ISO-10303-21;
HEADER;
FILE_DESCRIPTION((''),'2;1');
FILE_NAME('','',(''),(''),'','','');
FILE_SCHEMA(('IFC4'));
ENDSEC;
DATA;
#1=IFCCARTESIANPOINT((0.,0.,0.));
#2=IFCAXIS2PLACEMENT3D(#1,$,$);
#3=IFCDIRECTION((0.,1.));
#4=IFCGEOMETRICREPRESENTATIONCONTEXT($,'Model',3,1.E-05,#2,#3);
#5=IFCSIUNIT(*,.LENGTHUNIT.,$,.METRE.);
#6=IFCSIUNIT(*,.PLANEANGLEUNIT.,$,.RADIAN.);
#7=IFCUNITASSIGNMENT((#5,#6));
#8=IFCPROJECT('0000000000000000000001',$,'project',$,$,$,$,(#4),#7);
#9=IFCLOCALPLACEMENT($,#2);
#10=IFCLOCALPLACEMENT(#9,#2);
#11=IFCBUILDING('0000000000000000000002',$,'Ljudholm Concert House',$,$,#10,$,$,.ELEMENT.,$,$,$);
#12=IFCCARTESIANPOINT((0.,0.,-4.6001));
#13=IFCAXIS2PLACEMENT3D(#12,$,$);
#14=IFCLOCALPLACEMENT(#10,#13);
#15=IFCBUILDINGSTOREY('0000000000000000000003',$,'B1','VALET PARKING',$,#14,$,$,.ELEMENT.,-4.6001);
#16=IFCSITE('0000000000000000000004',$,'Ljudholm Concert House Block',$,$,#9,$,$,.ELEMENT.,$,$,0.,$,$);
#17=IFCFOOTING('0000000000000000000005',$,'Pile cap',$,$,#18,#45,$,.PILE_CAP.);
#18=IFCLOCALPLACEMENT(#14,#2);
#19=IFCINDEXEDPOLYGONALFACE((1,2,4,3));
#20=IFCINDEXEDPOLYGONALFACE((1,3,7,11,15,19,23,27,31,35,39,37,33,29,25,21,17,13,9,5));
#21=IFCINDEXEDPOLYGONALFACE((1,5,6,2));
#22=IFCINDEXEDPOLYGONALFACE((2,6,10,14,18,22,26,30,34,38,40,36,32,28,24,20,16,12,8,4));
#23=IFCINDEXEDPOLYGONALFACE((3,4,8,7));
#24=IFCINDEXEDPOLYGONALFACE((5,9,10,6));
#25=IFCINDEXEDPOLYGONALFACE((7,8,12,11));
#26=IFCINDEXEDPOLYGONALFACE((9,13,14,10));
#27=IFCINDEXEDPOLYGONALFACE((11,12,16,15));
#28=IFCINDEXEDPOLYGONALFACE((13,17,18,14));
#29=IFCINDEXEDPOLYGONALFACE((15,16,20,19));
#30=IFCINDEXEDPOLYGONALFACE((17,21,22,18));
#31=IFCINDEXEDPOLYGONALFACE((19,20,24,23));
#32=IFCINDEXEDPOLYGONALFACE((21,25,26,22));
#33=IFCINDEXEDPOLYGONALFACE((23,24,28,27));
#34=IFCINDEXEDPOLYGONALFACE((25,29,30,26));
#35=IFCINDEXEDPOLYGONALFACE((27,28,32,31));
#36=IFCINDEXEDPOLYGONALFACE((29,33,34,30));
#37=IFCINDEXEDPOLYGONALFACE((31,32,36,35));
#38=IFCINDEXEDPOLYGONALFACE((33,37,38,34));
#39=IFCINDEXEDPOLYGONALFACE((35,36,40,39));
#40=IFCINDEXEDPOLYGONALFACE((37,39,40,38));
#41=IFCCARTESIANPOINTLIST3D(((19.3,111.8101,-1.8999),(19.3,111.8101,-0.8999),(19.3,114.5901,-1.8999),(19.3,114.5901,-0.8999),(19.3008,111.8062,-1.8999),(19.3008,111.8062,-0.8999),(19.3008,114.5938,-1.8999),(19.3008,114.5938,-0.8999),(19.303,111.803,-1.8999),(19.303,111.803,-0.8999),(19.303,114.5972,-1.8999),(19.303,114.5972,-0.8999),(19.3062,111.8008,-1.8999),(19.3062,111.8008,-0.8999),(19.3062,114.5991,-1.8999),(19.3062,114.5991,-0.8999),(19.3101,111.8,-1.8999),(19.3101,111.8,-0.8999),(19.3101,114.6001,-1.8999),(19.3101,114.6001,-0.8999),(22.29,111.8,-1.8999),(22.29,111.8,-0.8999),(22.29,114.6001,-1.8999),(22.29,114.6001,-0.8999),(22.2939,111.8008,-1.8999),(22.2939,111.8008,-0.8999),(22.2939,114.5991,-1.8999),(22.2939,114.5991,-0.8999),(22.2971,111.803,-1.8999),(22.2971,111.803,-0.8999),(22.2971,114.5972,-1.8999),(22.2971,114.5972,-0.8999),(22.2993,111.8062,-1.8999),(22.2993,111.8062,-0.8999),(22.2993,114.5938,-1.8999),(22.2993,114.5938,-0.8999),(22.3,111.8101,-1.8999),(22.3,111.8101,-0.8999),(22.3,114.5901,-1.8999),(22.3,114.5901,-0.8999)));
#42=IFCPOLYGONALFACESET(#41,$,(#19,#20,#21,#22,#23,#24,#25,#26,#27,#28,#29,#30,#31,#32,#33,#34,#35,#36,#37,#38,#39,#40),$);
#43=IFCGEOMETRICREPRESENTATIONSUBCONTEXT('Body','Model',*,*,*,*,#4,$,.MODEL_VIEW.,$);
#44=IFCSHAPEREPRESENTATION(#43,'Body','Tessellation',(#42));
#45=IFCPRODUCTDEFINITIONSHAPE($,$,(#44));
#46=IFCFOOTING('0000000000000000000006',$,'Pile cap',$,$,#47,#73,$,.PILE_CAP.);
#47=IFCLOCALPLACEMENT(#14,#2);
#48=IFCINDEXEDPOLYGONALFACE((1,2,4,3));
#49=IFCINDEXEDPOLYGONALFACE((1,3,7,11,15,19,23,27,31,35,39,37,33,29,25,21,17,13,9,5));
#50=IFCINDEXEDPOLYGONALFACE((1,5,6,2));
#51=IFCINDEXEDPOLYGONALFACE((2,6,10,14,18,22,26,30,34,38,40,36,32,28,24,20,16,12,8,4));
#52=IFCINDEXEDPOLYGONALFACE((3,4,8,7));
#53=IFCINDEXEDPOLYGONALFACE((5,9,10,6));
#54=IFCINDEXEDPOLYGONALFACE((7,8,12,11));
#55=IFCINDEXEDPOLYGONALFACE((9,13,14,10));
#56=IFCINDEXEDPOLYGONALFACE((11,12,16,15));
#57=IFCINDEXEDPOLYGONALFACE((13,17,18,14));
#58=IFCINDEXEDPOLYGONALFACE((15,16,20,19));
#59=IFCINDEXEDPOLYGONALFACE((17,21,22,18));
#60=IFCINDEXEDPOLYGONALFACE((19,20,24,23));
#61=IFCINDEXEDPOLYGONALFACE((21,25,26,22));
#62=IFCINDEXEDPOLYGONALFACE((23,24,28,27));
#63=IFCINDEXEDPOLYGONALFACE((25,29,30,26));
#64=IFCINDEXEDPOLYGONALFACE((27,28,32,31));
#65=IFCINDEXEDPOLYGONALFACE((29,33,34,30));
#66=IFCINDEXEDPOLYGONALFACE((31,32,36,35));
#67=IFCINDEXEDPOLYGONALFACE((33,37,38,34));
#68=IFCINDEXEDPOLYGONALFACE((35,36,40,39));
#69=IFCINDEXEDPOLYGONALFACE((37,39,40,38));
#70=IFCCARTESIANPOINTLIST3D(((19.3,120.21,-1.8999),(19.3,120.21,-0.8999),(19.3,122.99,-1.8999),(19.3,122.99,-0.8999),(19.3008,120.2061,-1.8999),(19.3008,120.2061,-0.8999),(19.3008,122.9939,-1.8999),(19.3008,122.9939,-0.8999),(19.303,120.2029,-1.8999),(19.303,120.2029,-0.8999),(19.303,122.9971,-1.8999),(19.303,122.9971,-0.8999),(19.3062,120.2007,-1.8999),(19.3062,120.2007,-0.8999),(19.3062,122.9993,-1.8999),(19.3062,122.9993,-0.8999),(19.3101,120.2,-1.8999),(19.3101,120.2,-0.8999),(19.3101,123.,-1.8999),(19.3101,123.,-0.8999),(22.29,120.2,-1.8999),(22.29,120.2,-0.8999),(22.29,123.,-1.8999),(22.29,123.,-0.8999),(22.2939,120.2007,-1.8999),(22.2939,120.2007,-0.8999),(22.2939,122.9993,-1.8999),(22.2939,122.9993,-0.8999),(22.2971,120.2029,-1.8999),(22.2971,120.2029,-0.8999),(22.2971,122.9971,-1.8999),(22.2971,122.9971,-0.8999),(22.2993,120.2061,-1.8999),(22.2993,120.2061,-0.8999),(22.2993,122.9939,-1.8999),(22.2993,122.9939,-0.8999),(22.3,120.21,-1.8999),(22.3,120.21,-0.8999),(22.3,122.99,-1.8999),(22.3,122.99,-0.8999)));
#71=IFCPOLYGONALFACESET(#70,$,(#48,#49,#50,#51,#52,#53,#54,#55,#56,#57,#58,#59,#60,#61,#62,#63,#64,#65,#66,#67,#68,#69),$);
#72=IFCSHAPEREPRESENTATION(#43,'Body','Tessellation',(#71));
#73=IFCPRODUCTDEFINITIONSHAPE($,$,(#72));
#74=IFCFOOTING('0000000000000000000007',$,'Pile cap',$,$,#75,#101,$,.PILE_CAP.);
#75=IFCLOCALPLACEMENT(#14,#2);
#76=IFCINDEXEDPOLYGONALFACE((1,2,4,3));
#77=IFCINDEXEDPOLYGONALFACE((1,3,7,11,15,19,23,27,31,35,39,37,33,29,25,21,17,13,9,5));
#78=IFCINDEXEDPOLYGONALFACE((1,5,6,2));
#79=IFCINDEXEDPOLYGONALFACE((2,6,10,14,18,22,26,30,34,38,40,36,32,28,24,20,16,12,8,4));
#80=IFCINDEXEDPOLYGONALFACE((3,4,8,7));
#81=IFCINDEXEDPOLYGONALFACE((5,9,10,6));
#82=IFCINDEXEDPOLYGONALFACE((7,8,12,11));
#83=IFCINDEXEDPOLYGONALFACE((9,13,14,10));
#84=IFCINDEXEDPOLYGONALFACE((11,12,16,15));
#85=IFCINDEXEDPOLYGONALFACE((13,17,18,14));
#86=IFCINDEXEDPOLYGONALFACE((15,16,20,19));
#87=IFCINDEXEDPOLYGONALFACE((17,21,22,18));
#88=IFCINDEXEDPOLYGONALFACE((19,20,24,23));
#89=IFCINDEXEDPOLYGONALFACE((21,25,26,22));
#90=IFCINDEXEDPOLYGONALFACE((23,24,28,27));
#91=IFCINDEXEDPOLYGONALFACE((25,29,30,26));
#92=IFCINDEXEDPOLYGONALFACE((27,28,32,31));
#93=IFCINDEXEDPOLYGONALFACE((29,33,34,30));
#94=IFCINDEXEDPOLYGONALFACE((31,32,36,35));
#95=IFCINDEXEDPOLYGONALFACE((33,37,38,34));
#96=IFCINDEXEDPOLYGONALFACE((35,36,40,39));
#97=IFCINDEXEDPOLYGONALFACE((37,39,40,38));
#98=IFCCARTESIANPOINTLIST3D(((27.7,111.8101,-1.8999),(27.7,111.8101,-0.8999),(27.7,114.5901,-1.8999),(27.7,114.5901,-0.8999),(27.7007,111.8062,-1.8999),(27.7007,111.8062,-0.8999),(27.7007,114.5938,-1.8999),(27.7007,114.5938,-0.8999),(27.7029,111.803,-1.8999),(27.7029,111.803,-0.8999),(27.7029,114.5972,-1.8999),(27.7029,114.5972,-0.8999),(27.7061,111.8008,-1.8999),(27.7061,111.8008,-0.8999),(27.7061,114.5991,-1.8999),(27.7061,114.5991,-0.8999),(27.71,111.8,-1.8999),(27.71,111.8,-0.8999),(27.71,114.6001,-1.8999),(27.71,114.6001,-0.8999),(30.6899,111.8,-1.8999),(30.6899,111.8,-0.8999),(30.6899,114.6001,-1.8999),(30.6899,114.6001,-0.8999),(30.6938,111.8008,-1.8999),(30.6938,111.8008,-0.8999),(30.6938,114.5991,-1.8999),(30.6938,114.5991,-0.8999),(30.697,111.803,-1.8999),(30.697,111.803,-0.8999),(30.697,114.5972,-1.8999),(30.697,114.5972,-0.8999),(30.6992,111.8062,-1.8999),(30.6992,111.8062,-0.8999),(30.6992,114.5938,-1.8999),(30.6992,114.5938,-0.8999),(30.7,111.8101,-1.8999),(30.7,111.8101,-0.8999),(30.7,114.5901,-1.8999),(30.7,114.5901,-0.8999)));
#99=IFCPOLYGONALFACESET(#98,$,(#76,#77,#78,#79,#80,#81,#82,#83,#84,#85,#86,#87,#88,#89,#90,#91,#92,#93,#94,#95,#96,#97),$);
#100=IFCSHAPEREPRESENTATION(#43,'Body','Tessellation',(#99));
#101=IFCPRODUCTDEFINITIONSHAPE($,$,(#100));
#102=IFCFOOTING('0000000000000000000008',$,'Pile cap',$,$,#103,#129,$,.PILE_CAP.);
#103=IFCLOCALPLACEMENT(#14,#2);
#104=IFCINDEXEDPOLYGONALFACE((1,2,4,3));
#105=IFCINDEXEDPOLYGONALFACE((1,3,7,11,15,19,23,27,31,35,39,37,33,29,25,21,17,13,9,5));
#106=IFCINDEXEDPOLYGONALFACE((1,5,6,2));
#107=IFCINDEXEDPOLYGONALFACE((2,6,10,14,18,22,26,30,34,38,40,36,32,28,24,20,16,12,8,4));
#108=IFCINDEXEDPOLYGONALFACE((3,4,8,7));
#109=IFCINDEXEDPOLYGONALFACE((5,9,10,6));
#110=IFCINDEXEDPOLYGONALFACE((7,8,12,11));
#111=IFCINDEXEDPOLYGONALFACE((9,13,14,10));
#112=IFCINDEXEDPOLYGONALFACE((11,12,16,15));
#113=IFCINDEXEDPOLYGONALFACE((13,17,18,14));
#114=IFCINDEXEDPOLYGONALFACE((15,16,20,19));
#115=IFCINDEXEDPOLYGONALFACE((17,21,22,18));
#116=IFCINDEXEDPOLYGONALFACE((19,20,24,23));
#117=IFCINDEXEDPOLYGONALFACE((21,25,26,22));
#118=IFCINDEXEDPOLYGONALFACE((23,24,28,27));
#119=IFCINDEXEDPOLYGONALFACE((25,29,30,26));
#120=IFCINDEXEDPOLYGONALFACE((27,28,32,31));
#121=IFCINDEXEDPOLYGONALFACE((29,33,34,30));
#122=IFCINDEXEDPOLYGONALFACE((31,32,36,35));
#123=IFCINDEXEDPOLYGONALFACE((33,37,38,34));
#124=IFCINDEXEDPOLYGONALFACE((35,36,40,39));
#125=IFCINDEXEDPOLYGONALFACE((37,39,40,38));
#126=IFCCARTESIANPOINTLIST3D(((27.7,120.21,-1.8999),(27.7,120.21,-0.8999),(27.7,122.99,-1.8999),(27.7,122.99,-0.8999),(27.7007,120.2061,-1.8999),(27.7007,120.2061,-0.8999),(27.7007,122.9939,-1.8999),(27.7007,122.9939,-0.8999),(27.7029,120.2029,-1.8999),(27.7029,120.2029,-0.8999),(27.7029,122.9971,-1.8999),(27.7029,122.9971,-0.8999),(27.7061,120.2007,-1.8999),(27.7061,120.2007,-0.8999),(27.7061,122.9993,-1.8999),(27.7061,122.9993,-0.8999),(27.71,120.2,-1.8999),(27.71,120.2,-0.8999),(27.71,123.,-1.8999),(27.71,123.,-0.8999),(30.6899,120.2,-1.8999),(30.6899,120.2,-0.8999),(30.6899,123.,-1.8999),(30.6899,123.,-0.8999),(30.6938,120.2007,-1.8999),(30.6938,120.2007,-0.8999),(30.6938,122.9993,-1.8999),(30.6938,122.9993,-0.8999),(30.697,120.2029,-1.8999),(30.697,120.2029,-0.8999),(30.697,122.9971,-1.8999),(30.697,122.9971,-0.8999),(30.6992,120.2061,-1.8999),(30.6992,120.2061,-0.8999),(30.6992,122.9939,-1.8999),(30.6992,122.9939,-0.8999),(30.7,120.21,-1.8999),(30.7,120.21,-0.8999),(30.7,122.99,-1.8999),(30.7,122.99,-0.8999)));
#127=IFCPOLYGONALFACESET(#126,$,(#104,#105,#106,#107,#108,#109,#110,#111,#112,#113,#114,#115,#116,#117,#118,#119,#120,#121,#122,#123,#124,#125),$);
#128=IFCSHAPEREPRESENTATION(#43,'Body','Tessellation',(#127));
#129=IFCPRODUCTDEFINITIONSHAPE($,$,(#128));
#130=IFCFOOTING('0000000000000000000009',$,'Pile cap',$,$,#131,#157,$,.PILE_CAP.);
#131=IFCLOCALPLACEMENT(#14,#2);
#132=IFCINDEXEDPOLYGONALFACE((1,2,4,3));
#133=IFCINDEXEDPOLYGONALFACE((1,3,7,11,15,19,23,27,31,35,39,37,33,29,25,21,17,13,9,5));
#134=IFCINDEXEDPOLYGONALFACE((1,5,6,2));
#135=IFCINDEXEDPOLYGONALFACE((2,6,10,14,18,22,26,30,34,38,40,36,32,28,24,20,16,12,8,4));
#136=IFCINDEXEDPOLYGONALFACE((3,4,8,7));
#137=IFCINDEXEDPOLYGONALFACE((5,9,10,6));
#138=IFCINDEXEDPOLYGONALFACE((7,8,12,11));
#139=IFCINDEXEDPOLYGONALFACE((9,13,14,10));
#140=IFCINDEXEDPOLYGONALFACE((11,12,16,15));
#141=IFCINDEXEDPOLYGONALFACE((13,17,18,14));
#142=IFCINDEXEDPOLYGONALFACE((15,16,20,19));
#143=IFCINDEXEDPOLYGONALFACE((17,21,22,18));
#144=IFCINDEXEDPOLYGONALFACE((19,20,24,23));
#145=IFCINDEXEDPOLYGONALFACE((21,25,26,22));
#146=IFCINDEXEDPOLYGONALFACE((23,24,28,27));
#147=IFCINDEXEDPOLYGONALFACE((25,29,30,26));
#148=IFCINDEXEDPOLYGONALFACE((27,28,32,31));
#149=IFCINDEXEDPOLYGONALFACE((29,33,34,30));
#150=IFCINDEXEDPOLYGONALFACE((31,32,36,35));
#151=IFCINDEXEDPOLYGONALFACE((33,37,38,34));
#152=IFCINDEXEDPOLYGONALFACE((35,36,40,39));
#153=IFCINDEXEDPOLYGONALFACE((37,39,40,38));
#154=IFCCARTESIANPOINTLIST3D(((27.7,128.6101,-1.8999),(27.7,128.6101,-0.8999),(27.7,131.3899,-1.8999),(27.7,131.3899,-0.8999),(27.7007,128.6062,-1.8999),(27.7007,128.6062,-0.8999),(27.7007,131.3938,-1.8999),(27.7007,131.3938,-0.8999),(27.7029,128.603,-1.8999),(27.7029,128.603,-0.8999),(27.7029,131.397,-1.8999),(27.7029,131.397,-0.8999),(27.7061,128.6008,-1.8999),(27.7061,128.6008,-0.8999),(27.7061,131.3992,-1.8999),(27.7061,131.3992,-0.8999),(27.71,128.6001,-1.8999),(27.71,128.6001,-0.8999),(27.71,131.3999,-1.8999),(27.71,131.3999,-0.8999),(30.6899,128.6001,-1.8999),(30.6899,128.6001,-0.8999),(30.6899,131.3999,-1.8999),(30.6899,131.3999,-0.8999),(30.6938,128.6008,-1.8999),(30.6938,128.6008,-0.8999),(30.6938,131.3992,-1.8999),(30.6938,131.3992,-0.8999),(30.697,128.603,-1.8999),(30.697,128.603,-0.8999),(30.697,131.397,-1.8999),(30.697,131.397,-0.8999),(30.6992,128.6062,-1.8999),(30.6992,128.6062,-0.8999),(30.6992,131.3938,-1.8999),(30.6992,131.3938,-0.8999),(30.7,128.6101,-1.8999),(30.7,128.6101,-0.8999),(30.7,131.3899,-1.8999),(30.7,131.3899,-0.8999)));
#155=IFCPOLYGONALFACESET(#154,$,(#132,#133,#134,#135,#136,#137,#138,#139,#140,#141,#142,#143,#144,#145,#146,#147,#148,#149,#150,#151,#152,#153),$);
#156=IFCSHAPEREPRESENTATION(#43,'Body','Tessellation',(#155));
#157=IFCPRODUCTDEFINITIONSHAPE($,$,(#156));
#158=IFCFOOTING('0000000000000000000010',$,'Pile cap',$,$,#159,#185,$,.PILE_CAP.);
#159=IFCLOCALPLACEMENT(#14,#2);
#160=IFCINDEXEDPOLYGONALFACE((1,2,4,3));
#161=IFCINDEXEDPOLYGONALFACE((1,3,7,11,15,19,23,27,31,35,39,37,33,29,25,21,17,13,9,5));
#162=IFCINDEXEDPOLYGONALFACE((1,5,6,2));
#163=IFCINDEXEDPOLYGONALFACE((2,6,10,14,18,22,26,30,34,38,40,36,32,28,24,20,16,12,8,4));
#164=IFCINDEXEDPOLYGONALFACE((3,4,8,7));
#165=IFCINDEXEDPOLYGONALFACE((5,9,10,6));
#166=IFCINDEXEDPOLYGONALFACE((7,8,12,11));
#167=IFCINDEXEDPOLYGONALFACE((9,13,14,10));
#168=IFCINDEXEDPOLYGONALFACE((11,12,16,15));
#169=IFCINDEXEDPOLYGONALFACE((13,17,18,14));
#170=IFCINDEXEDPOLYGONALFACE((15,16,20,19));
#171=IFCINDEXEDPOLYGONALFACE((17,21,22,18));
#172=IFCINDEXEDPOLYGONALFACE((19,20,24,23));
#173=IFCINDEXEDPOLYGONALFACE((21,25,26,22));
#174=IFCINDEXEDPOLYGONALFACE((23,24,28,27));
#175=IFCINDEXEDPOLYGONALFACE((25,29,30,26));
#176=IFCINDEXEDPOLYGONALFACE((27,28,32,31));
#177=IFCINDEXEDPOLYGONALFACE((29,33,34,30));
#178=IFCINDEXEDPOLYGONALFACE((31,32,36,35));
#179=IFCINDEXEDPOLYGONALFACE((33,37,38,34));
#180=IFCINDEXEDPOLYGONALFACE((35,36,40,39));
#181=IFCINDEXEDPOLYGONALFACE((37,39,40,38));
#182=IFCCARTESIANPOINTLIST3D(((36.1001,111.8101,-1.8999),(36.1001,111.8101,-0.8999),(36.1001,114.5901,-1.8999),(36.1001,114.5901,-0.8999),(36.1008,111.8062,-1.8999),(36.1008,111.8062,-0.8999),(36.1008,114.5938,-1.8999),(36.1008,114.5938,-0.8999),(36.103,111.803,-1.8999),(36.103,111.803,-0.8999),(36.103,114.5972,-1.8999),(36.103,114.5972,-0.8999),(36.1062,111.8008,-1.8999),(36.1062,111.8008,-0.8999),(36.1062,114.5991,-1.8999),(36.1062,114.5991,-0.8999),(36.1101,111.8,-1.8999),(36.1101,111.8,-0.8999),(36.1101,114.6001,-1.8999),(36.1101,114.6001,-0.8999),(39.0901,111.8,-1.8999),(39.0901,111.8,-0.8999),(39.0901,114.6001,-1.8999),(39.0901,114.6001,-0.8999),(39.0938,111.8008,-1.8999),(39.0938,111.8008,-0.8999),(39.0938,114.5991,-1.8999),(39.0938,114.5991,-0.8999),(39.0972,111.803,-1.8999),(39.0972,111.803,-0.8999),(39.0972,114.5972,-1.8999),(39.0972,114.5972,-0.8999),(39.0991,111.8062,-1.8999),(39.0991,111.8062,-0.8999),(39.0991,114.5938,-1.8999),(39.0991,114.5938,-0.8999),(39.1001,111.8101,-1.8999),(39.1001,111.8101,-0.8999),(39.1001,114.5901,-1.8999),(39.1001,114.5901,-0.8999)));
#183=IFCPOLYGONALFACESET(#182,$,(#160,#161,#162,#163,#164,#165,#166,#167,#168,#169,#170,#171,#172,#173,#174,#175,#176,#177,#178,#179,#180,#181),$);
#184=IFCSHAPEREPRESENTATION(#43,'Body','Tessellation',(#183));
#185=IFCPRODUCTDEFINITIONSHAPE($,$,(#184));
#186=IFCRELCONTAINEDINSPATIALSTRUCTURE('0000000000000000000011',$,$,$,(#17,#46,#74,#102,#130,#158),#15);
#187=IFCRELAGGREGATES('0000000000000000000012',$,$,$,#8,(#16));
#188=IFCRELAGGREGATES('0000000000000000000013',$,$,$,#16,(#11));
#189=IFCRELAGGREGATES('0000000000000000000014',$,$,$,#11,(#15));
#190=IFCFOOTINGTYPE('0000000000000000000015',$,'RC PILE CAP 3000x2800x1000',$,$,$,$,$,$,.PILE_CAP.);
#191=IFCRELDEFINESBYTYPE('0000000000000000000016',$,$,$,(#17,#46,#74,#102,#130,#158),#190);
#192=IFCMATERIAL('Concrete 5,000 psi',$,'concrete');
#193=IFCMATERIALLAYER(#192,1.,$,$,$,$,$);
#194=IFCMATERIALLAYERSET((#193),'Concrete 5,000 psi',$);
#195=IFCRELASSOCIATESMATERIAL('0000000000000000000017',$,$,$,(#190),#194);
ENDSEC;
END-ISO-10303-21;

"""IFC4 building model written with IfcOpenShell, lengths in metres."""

from ifc_helpers import new_model, si_unit, direction, frame, origin, place, context, subcontext, project, spatial, polyline, outline, extrude, material, layer, layer_set, type_object, element, save


model = new_model("IFC4")

# Units and contexts
model_context = context("Model", 3, precision=1e-05, world=origin(), true_north=direction((0.0, 1.0)))
body_context = subcontext(model_context, "Body", "Model", "MODEL_VIEW")
ifc_project = project(units=[si_unit("LENGTHUNIT", "METRE"), si_unit("PLANEANGLEUNIT", "RADIAN")], contexts=[model_context])

# Site, building, storey
site_placement = place(None, origin())
site = spatial("IfcSite", under=ifc_project, at=site_placement, Name="Ljudholm Concert House Block", CompositionType="ELEMENT", RefElevation=0.0)
building_placement = place(site_placement, origin())
building = spatial("IfcBuilding", under=site, at=building_placement, Name="Ljudholm Concert House", CompositionType="ELEMENT")
storey_placement = place(building_placement, frame((0.0, 0.0, -4.6001)))
storey = spatial("IfcBuildingStorey", under=building, at=storey_placement, Name="B1", Description="VALET PARKING", CompositionType="ELEMENT", Elevation=-4.6001)

# Footings
ifc_material_1 = material(Name="Concrete 5,000 psi", Category="concrete")
ifc_layer_1 = layer(ifc_material_1, 1.0)
ifc_layer_set_1 = layer_set([ifc_layer_1], Name="Concrete 5,000 psi")
footing_type_1 = type_object("IfcFootingType", Name="RC PILE CAP 3000x2800x1000", PredefinedType="PILE_CAP", material=ifc_layer_set_1)
footing_1_placement = place(storey_placement, frame((0.0, 0.0, -1.8999)))
element("IfcFooting", 1, at=footing_1_placement, inside=storey, type_object=footing_type_1, Name="Pile cap", PredefinedType="PILE_CAP", context=body_context, shape_type="SweptSolid", body=[
    extrude(outline(polyline([(19.3101, 111.8), (22.29, 111.8), (22.2939, 111.8008), (22.2971, 111.803), (22.2993, 111.8062), (22.3, 111.8101), (22.3, 114.5901), (22.2993, 114.5938), (22.2971, 114.5972), (22.2939, 114.5991), (22.29, 114.6001), (19.3101, 114.6001), (19.3062, 114.5991), (19.303, 114.5972), (19.3008, 114.5938), (19.3, 114.5901), (19.3, 111.8101), (19.3008, 111.8062), (19.303, 111.803), (19.3062, 111.8008), (19.3101, 111.8)])), origin(), (0.0, 0.0, 1.0), 1.0),
])
footing_2_placement = place(storey_placement, frame((0.0, 0.0, -1.8999)))
element("IfcFooting", 2, at=footing_2_placement, inside=storey, type_object=footing_type_1, Name="Pile cap", PredefinedType="PILE_CAP", context=body_context, shape_type="SweptSolid", body=[
    extrude(outline(polyline([(19.3101, 120.2), (22.29, 120.2), (22.2939, 120.2007), (22.2971, 120.2029), (22.2993, 120.2061), (22.3, 120.21), (22.3, 122.99), (22.2993, 122.9939), (22.2971, 122.9971), (22.2939, 122.9993), (22.29, 123.0), (19.3101, 123.0), (19.3062, 122.9993), (19.303, 122.9971), (19.3008, 122.9939), (19.3, 122.99), (19.3, 120.21), (19.3008, 120.2061), (19.303, 120.2029), (19.3062, 120.2007), (19.3101, 120.2)])), origin(), (0.0, 0.0, 1.0), 1.0),
])
footing_3_placement = place(storey_placement, frame((0.0, 0.0, -1.8999)))
element("IfcFooting", 3, at=footing_3_placement, inside=storey, type_object=footing_type_1, Name="Pile cap", PredefinedType="PILE_CAP", context=body_context, shape_type="SweptSolid", body=[
    extrude(outline(polyline([(27.71, 111.8), (30.6899, 111.8), (30.6938, 111.8008), (30.697, 111.803), (30.6992, 111.8062), (30.7, 111.8101), (30.7, 114.5901), (30.6992, 114.5938), (30.697, 114.5972), (30.6938, 114.5991), (30.6899, 114.6001), (27.71, 114.6001), (27.7061, 114.5991), (27.7029, 114.5972), (27.7007, 114.5938), (27.7, 114.5901), (27.7, 111.8101), (27.7007, 111.8062), (27.7029, 111.803), (27.7061, 111.8008), (27.71, 111.8)])), origin(), (0.0, 0.0, 1.0), 1.0),
])
footing_4_placement = place(storey_placement, frame((0.0, 0.0, -1.8999)))
element("IfcFooting", 4, at=footing_4_placement, inside=storey, type_object=footing_type_1, Name="Pile cap", PredefinedType="PILE_CAP", context=body_context, shape_type="SweptSolid", body=[
    extrude(outline(polyline([(27.71, 120.2), (30.6899, 120.2), (30.6938, 120.2007), (30.697, 120.2029), (30.6992, 120.2061), (30.7, 120.21), (30.7, 122.99), (30.6992, 122.9939), (30.697, 122.9971), (30.6938, 122.9993), (30.6899, 123.0), (27.71, 123.0), (27.7061, 122.9993), (27.7029, 122.9971), (27.7007, 122.9939), (27.7, 122.99), (27.7, 120.21), (27.7007, 120.2061), (27.7029, 120.2029), (27.7061, 120.2007), (27.71, 120.2)])), origin(), (0.0, 0.0, 1.0), 1.0),
])
footing_5_placement = place(storey_placement, frame((0.0, 0.0, -1.8999)))
element("IfcFooting", 5, at=footing_5_placement, inside=storey, type_object=footing_type_1, Name="Pile cap", PredefinedType="PILE_CAP", context=body_context, shape_type="SweptSolid", body=[
    extrude(outline(polyline([(27.71, 128.6001), (30.6899, 128.6001), (30.6938, 128.6008), (30.697, 128.603), (30.6992, 128.6062), (30.7, 128.6101), (30.7, 131.3899), (30.6992, 131.3938), (30.697, 131.397), (30.6938, 131.3992), (30.6899, 131.3999), (27.71, 131.3999), (27.7061, 131.3992), (27.7029, 131.397), (27.7007, 131.3938), (27.7, 131.3899), (27.7, 128.6101), (27.7007, 128.6062), (27.7029, 128.603), (27.7061, 128.6008), (27.71, 128.6001)])), origin(), (0.0, 0.0, 1.0), 1.0),
])
footing_6_placement = place(storey_placement, frame((0.0, 0.0, -1.8999)))
element("IfcFooting", 6, at=footing_6_placement, inside=storey, type_object=footing_type_1, Name="Pile cap", PredefinedType="PILE_CAP", context=body_context, shape_type="SweptSolid", body=[
    extrude(outline(polyline([(36.1101, 111.8), (39.0901, 111.8), (39.0938, 111.8008), (39.0972, 111.803), (39.0991, 111.8062), (39.1001, 111.8101), (39.1001, 114.5901), (39.0991, 114.5938), (39.0972, 114.5972), (39.0938, 114.5991), (39.0901, 114.6001), (36.1101, 114.6001), (36.1062, 114.5991), (36.103, 114.5972), (36.1008, 114.5938), (36.1001, 114.5901), (36.1001, 111.8101), (36.1008, 111.8062), (36.103, 111.803), (36.1062, 111.8008), (36.1101, 111.8)])), origin(), (0.0, 0.0, 1.0), 1.0),
])

save(model, "model.ifc")
